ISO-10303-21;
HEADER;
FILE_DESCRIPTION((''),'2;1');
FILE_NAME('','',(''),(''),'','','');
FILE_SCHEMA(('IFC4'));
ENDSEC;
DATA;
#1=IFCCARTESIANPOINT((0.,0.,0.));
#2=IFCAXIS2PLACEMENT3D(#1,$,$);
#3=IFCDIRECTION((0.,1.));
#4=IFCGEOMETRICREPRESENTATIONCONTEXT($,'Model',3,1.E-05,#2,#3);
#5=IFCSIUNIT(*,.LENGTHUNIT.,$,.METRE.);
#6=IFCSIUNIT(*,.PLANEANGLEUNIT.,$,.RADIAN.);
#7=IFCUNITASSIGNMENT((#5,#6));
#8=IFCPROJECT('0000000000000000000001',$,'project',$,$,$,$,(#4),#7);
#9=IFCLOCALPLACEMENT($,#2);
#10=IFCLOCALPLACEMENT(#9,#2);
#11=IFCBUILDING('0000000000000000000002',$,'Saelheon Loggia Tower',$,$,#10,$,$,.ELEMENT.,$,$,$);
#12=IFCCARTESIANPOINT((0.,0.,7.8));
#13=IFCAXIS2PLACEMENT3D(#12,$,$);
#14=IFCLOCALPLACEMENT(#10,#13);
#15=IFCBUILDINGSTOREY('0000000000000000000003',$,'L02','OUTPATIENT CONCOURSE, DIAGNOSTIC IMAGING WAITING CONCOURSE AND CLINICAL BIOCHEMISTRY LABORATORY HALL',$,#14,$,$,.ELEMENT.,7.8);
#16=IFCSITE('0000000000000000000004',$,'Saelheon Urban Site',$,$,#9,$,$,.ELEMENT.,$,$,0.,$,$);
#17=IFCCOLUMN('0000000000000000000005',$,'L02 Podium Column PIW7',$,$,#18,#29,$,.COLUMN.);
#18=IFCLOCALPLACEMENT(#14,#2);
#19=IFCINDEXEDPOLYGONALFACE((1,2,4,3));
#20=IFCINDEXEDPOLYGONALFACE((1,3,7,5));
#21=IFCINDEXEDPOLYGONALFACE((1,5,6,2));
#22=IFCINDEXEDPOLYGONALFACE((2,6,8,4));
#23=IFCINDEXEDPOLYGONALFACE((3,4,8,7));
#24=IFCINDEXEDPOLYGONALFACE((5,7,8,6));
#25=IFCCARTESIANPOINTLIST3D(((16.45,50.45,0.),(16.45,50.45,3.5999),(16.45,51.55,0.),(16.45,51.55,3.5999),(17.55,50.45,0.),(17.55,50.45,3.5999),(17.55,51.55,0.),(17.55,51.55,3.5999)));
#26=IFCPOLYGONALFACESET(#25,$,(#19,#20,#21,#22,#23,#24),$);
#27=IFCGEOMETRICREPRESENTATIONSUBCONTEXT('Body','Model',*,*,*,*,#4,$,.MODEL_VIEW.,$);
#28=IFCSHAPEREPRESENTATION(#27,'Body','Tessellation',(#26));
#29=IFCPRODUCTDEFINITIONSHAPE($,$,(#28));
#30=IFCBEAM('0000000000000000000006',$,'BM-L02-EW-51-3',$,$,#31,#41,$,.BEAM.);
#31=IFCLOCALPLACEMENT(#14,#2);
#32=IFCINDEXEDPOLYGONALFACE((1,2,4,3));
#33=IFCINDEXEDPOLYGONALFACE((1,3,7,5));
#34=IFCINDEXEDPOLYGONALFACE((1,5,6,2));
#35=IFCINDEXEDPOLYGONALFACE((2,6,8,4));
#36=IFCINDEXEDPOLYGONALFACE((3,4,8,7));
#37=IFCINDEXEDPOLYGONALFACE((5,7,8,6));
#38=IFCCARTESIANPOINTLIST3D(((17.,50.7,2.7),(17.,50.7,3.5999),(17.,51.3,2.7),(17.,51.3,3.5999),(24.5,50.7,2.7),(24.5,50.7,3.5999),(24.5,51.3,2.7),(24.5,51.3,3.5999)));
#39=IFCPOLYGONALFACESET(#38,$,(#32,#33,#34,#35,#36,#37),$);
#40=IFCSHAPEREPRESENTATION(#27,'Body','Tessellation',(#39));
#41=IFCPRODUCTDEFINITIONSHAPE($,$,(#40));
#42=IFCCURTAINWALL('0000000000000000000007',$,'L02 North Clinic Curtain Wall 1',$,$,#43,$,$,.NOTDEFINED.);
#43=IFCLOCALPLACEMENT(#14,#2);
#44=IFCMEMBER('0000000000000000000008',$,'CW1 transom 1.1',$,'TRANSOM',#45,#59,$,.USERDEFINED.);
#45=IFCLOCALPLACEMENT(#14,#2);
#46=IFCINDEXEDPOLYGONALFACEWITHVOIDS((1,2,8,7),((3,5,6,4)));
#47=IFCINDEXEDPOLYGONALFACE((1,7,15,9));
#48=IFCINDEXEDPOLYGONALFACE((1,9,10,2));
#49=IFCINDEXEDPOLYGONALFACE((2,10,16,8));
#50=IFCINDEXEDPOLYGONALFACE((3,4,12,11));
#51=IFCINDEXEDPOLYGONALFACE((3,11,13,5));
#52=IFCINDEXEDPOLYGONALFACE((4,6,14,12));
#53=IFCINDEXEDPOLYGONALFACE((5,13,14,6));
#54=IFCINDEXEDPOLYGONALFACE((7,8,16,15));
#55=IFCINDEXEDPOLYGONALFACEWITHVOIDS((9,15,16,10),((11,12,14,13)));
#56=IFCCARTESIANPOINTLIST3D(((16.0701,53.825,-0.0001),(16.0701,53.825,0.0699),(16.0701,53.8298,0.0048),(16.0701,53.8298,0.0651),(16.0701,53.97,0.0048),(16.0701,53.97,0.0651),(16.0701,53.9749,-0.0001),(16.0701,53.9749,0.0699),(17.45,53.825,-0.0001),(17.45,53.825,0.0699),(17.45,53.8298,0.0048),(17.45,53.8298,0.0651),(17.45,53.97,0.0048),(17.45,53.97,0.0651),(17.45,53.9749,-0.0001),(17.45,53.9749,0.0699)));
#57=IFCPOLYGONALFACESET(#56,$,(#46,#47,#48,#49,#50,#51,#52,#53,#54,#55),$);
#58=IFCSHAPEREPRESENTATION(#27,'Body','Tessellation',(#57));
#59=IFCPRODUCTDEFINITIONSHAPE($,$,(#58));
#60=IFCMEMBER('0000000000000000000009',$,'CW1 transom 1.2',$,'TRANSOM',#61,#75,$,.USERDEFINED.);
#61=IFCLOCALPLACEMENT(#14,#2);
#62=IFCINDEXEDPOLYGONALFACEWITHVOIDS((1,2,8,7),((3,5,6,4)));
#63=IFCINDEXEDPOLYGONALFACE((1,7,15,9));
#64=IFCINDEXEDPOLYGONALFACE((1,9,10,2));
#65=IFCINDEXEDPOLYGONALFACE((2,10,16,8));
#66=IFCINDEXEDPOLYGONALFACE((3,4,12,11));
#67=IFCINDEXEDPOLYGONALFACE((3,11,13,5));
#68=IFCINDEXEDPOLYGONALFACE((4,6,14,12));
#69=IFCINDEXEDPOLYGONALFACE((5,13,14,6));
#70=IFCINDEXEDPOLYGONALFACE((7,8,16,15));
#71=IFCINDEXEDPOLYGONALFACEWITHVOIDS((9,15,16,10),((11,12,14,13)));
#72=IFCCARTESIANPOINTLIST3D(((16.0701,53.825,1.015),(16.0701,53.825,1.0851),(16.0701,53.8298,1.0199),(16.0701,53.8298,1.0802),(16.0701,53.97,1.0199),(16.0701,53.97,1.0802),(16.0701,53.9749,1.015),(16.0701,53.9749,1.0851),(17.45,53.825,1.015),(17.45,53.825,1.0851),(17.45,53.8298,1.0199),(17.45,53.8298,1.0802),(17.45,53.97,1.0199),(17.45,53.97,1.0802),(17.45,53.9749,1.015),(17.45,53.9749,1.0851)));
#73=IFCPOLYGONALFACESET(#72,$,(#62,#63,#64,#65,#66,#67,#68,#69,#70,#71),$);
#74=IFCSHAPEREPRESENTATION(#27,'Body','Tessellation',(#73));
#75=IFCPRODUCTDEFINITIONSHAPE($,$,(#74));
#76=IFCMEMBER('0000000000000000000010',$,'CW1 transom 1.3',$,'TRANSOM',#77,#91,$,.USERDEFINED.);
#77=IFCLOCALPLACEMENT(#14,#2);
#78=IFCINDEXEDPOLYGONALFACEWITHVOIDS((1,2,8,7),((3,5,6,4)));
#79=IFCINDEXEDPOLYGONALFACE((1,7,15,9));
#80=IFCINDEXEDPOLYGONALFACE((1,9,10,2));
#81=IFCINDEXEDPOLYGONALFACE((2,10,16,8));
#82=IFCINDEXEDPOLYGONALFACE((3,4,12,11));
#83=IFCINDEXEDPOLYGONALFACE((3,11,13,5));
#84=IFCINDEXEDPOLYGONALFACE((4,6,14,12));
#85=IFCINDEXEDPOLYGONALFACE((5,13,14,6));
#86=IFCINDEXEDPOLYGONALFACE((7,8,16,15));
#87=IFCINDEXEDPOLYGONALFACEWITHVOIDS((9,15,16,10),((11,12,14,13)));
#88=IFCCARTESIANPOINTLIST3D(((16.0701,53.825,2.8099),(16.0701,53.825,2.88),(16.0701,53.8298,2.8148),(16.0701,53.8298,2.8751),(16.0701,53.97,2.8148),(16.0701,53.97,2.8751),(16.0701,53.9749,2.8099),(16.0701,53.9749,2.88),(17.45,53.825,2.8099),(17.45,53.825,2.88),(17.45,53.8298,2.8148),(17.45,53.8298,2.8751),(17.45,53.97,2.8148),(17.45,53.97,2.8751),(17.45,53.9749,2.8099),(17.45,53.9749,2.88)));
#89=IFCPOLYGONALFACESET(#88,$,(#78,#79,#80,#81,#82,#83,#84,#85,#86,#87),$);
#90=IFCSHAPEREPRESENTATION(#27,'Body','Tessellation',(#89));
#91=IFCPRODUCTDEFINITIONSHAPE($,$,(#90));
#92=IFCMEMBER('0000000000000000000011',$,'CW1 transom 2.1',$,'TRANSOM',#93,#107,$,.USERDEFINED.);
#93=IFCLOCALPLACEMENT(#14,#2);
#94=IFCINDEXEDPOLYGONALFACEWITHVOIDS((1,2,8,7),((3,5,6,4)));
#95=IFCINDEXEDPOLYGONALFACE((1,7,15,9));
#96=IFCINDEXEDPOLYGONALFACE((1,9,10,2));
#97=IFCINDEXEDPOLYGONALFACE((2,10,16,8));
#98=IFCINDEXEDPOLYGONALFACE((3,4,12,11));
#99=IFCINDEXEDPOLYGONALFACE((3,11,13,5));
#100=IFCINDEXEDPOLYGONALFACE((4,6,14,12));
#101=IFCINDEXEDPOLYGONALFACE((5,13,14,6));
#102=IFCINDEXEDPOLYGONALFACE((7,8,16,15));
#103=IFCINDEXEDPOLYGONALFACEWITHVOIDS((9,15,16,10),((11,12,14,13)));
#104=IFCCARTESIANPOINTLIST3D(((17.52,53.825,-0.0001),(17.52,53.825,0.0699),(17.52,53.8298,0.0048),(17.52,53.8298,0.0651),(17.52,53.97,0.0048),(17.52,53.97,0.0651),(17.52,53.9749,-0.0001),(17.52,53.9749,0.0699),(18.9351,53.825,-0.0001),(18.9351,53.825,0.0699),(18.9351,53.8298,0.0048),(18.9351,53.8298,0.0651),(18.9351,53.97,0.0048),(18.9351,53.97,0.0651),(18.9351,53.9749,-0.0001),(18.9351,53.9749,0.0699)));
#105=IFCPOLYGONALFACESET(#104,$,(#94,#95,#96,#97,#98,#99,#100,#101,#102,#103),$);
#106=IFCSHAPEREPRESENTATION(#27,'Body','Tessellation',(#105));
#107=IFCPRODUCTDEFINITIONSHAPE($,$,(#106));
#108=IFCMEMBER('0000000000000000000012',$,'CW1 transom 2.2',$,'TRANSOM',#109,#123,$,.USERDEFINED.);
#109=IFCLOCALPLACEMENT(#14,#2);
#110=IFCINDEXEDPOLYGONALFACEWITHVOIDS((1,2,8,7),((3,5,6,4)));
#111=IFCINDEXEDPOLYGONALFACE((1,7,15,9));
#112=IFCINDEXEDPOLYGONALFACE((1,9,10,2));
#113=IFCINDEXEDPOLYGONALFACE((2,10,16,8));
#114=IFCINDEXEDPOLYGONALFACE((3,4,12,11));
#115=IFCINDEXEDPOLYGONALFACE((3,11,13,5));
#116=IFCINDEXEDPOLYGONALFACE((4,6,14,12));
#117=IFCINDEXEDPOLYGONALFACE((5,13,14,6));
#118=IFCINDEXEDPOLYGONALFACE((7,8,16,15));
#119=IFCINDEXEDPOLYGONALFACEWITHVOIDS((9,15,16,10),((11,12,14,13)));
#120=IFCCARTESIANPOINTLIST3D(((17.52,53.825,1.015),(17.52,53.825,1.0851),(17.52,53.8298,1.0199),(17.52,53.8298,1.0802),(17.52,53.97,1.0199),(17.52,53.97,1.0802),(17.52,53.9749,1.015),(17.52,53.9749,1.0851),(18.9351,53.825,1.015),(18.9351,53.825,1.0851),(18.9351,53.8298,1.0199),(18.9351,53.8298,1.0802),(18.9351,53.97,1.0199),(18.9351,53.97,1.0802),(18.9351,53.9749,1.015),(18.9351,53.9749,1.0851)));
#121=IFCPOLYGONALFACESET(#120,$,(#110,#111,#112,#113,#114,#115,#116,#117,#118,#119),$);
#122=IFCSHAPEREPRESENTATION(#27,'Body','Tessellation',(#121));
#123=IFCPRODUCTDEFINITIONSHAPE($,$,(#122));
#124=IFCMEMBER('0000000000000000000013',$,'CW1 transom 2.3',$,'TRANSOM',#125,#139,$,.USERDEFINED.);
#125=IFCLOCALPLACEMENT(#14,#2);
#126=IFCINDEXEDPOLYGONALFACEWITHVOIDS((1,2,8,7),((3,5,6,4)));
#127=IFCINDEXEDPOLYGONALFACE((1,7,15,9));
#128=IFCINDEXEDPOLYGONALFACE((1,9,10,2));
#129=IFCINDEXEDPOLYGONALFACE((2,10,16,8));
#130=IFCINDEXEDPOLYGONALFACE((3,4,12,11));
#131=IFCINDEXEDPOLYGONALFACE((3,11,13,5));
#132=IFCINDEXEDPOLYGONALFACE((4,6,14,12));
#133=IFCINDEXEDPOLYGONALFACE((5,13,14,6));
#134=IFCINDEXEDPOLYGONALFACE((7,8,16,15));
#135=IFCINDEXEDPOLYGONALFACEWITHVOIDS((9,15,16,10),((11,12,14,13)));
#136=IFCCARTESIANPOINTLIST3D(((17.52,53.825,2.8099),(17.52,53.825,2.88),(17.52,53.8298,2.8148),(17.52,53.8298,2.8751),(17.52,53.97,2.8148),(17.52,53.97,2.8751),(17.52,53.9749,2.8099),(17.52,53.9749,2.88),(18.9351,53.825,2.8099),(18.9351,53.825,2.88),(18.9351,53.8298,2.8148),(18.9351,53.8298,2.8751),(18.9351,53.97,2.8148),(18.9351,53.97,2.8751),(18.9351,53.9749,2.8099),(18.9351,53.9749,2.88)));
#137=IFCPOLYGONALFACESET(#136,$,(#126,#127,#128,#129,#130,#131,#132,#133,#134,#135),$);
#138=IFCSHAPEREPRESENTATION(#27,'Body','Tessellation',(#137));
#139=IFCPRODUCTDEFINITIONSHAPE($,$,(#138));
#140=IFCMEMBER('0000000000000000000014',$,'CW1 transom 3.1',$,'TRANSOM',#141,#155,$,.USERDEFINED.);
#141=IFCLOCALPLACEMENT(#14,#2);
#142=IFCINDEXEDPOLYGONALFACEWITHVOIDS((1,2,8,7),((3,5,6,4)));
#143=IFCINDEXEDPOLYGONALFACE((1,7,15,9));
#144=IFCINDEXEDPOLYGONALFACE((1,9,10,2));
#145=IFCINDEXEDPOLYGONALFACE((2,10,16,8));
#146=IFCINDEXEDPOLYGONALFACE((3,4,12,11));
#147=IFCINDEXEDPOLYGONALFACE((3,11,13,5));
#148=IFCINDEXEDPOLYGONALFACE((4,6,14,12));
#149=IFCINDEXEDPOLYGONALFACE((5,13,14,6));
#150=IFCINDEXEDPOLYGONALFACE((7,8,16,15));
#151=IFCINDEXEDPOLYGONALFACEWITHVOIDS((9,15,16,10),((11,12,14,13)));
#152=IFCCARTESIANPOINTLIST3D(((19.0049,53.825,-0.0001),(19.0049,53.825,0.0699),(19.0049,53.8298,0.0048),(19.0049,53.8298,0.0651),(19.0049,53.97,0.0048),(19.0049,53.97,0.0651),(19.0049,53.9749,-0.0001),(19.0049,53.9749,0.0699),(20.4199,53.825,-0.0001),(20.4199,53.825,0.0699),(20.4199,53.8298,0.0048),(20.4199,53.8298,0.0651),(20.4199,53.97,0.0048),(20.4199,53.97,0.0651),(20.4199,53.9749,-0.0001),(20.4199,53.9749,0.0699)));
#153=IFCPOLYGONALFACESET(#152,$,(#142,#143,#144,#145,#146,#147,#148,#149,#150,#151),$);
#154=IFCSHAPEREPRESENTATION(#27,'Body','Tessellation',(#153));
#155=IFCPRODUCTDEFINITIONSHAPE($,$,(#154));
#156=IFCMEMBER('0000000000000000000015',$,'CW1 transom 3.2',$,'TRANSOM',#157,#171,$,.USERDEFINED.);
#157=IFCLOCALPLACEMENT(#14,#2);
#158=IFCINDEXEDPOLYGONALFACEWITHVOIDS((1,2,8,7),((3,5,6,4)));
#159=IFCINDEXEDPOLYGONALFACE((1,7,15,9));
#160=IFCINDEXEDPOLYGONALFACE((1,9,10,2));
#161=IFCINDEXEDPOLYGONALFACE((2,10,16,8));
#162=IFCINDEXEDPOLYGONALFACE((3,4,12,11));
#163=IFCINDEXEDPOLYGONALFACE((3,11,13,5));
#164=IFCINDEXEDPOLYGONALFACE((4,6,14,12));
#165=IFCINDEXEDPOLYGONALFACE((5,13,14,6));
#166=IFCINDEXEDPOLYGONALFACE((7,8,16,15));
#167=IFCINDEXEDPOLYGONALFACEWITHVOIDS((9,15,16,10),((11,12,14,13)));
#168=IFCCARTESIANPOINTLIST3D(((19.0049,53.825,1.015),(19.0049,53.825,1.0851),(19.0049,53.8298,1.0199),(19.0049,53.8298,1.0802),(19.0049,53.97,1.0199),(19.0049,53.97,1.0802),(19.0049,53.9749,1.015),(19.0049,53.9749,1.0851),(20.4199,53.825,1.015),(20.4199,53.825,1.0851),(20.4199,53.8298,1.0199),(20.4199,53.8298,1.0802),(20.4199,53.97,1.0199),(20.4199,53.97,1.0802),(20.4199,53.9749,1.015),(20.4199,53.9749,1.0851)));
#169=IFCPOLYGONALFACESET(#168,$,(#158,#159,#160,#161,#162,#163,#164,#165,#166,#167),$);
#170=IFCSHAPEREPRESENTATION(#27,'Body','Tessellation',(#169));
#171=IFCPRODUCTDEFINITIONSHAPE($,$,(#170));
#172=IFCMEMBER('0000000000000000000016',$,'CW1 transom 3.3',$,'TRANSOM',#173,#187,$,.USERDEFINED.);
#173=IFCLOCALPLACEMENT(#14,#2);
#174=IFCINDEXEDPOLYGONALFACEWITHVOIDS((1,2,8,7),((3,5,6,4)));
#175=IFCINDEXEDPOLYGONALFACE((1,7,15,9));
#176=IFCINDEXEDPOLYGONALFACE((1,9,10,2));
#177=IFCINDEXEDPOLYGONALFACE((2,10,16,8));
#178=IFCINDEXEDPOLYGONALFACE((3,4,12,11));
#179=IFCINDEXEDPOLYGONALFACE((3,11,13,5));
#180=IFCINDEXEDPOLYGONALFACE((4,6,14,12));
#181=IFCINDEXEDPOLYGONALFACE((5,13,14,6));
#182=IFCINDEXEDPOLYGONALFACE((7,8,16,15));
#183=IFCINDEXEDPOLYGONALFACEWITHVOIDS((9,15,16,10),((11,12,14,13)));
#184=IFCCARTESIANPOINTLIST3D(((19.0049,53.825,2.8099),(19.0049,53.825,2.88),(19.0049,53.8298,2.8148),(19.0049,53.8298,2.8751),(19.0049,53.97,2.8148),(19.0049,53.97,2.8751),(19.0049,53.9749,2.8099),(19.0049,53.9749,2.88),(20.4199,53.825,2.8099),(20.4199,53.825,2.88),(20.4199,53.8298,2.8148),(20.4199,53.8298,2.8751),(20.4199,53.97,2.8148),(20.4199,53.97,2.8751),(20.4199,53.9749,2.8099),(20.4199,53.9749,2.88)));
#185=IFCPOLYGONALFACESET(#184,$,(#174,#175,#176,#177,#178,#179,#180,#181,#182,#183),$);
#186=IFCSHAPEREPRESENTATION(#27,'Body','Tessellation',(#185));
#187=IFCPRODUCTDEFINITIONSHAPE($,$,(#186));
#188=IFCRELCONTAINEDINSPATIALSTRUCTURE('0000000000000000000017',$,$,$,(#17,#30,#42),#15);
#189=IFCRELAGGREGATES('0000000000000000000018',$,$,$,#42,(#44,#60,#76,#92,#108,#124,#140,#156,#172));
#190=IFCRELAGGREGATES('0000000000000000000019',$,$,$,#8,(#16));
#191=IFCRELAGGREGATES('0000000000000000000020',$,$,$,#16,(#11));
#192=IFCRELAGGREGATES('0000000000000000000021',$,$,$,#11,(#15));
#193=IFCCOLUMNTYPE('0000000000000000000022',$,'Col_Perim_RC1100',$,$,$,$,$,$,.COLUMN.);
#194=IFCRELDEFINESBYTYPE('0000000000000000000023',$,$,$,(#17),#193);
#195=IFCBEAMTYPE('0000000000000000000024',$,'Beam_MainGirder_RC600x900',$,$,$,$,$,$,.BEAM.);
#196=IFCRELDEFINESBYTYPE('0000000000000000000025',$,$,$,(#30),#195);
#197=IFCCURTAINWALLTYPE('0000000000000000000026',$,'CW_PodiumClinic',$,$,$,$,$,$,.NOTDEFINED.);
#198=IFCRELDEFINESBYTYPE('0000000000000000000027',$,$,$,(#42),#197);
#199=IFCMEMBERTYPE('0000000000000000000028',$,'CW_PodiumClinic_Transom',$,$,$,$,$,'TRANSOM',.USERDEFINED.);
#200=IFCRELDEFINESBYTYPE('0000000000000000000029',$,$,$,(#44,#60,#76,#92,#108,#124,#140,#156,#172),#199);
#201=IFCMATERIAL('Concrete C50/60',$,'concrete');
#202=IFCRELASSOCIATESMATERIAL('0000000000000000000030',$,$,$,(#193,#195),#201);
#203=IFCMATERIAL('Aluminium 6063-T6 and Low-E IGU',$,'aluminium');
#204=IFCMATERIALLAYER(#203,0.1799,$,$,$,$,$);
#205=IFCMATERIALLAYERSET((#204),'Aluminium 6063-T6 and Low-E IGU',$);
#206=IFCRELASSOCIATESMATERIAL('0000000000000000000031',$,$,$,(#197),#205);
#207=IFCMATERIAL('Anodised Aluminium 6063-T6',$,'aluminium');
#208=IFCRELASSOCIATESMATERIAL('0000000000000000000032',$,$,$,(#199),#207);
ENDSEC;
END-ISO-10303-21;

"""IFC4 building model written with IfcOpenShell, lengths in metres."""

from ifc_helpers import new_model, si_unit, direction, frame, origin, origin_2d, place, context, subcontext, project, spatial, rectangle, hollow_rectangle, extrude, source, transform, mapped, material, layer, layer_set, material_profile, profile_set, type_object, element, aggregate, save


model = new_model("IFC4")

# Units and contexts
model_context = context("Model", 3, precision=1e-05, world=origin(), true_north=direction((0.0, 1.0)))
body_context = subcontext(model_context, "Body", "Model", "MODEL_VIEW")
ifc_project = project(units=[si_unit("LENGTHUNIT", "METRE"), si_unit("PLANEANGLEUNIT", "RADIAN")], contexts=[model_context])

# Site, building, storey
site_placement = place(None, origin())
site = spatial("IfcSite", under=ifc_project, at=site_placement, Name="Saelheon Urban Site", CompositionType="ELEMENT", RefElevation=0.0)
building_placement = place(site_placement, origin())
building = spatial("IfcBuilding", under=site, at=building_placement, Name="Saelheon Loggia Tower", CompositionType="ELEMENT")
storey_placement = place(building_placement, frame((0.0, 0.0, 7.8)))
storey = spatial("IfcBuildingStorey", under=building, at=storey_placement, Name="L02", Description="OUTPATIENT CONCOURSE, DIAGNOSTIC IMAGING WAITING CONCOURSE AND CLINICAL BIOCHEMISTRY LABORATORY HALL", CompositionType="ELEMENT", Elevation=7.8)

# Column
ifc_material_1 = material(Name="Concrete C50/60", Category="concrete")
ifc_material_profile_1 = material_profile(ifc_material_1, rectangle(XDim=1.1001, YDim=1.1001, at=origin_2d()), Name="RC-1100x1100")
ifc_profile_set_1 = profile_set([ifc_material_profile_1], Name="Concrete C50/60")
column_type = type_object("IfcColumnType", Name="Col_Perim_RC1100", PredefinedType="COLUMN", material=ifc_profile_set_1)
shared_shape_1 = source(origin(), body_context, "Body", "SweptSolid", [
    extrude(rectangle(XDim=1.1001, YDim=1.1001, at=origin_2d()), origin(), (0.0, 0.0, 1.0), 3.5999),
])
column_placement = place(storey_placement, frame((17.0, 51.0, 0.0), z_axis=(0.0, 0.0, 1.0), x_axis=(1.0, 0.0, 0.0)))
element("IfcColumn", 1, at=column_placement, inside=storey, type_object=column_type, Name="L02 Podium Column PIW7", PredefinedType="COLUMN", context=body_context, shape_type="MappedRepresentation", body=[
    mapped(shared_shape_1, transform((0.0, 0.0, 0.0), scale=1.0)),
])

# Beam
ifc_material_profile_2 = material_profile(ifc_material_1, rectangle(XDim=0.6001, YDim=0.8999, at=origin_2d()), Name="RC-600x900")
ifc_profile_set_2 = profile_set([ifc_material_profile_2], Name="Concrete C50/60")
beam_type = type_object("IfcBeamType", Name="Beam_MainGirder_RC600x900", PredefinedType="BEAM", material=ifc_profile_set_2)
shared_shape_2 = source(origin(), body_context, "Body", "SweptSolid", [
    extrude(rectangle(XDim=0.6001, YDim=0.8999, at=origin_2d()), origin(), (0.0, 0.0, 1.0), 7.5),
])
beam_placement = place(storey_placement, frame((17.0, 51.0, 3.1499), z_axis=(1.0, 0.0, 0.0), x_axis=(0.0, 1.0, 0.0)))
element("IfcBeam", 2, at=beam_placement, inside=storey, type_object=beam_type, Name="BM-L02-EW-51-3", PredefinedType="BEAM", context=body_context, shape_type="MappedRepresentation", body=[
    mapped(shared_shape_2, transform((0.0, 0.0, 0.0), scale=1.0)),
])

# Curtain wall, members
ifc_material_2 = material(Name="Aluminium 6063-T6 and Low-E IGU", Category="aluminium")
ifc_layer_1 = layer(ifc_material_2, 0.1799)
ifc_layer_set_1 = layer_set([ifc_layer_1], Name="Aluminium 6063-T6 and Low-E IGU")
curtain_wall_type = type_object("IfcCurtainWallType", Name="CW_PodiumClinic", PredefinedType="NOTDEFINED", material=ifc_layer_set_1)
curtain_wall_placement = place(storey_placement, origin())
curtain_wall = element("IfcCurtainWall", 3, at=curtain_wall_placement, inside=storey, type_object=curtain_wall_type, Name="L02 North Clinic Curtain Wall 1", PredefinedType="NOTDEFINED")
ifc_material_3 = material(Name="Anodised Aluminium 6063-T6", Category="aluminium")
ifc_material_profile_3 = material_profile(ifc_material_3, hollow_rectangle(XDim=0.0701, YDim=0.1499, WallThickness=0.0049, at=origin_2d()), Name="RHS-150x70x5")
ifc_profile_set_3 = profile_set([ifc_material_profile_3], Name="Anodised Aluminium 6063-T6")
member_type_1 = type_object("IfcMemberType", Name="CW_PodiumClinic_Transom", ElementType="TRANSOM", PredefinedType="USERDEFINED", material=ifc_profile_set_3)
shared_shape_3 = source(origin(), body_context, "Body", "SweptSolid", [
    extrude(hollow_rectangle(XDim=0.0701, YDim=0.1499, WallThickness=0.0049, at=origin_2d()), origin(), (0.0, 0.0, 1.0), 1.3799),
])
member_1_placement = place(storey_placement, frame((16.0701, 53.8999, 0.0349), z_axis=(1.0, 0.0, 0.0), x_axis=(0.0, 0.0, 1.0)))
member_1 = element("IfcMember", 4, at=member_1_placement, type_object=member_type_1, Name="CW1 transom 1.1", ObjectType="TRANSOM", PredefinedType="USERDEFINED", context=body_context, shape_type="MappedRepresentation", body=[
    mapped(shared_shape_3, transform((0.0, 0.0, 0.0), scale=1.0)),
])
member_2_placement = place(storey_placement, frame((16.0701, 53.8999, 1.05), z_axis=(1.0, 0.0, 0.0), x_axis=(0.0, 0.0, 1.0)))
member_2 = element("IfcMember", 5, at=member_2_placement, type_object=member_type_1, Name="CW1 transom 1.2", ObjectType="TRANSOM", PredefinedType="USERDEFINED", context=body_context, shape_type="MappedRepresentation", body=[
    mapped(shared_shape_3, transform((0.0, 0.0, 0.0), scale=1.0)),
])
member_3_placement = place(storey_placement, frame((16.0701, 53.8999, 2.845), z_axis=(1.0, 0.0, 0.0), x_axis=(0.0, 0.0, 1.0)))
member_3 = element("IfcMember", 6, at=member_3_placement, type_object=member_type_1, Name="CW1 transom 1.3", ObjectType="TRANSOM", PredefinedType="USERDEFINED", context=body_context, shape_type="MappedRepresentation", body=[
    mapped(shared_shape_3, transform((0.0, 0.0, 0.0), scale=1.0)),
])
shared_shape_4 = source(origin(), body_context, "Body", "SweptSolid", [
    extrude(hollow_rectangle(XDim=0.0701, YDim=0.1499, WallThickness=0.0049, at=origin_2d()), origin(), (0.0, 0.0, 1.0), 1.415),
])
member_4_placement = place(storey_placement, frame((17.52, 53.8999, 0.0349), z_axis=(1.0, 0.0, 0.0), x_axis=(0.0, 0.0, 1.0)))
member_4 = element("IfcMember", 7, at=member_4_placement, type_object=member_type_1, Name="CW1 transom 2.1", ObjectType="TRANSOM", PredefinedType="USERDEFINED", context=body_context, shape_type="MappedRepresentation", body=[
    mapped(shared_shape_4, transform((0.0, 0.0, 0.0), scale=1.0)),
])
member_5_placement = place(storey_placement, frame((17.52, 53.8999, 1.05), z_axis=(1.0, 0.0, 0.0), x_axis=(0.0, 0.0, 1.0)))
member_5 = element("IfcMember", 8, at=member_5_placement, type_object=member_type_1, Name="CW1 transom 2.2", ObjectType="TRANSOM", PredefinedType="USERDEFINED", context=body_context, shape_type="MappedRepresentation", body=[
    mapped(shared_shape_4, transform((0.0, 0.0, 0.0), scale=1.0)),
])
member_6_placement = place(storey_placement, frame((17.52, 53.8999, 2.845), z_axis=(1.0, 0.0, 0.0), x_axis=(0.0, 0.0, 1.0)))
member_6 = element("IfcMember", 9, at=member_6_placement, type_object=member_type_1, Name="CW1 transom 2.3", ObjectType="TRANSOM", PredefinedType="USERDEFINED", context=body_context, shape_type="MappedRepresentation", body=[
    mapped(shared_shape_4, transform((0.0, 0.0, 0.0), scale=1.0)),
])
member_7_placement = place(storey_placement, frame((19.0049, 53.8999, 0.0349), z_axis=(1.0, 0.0, 0.0), x_axis=(0.0, 0.0, 1.0)))
member_7 = element("IfcMember", 10, at=member_7_placement, type_object=member_type_1, Name="CW1 transom 3.1", ObjectType="TRANSOM", PredefinedType="USERDEFINED", context=body_context, shape_type="MappedRepresentation", body=[
    mapped(shared_shape_4, transform((0.0, 0.0, 0.0), scale=1.0)),
])
member_8_placement = place(storey_placement, frame((19.0049, 53.8999, 1.05), z_axis=(1.0, 0.0, 0.0), x_axis=(0.0, 0.0, 1.0)))
member_8 = element("IfcMember", 11, at=member_8_placement, type_object=member_type_1, Name="CW1 transom 3.2", ObjectType="TRANSOM", PredefinedType="USERDEFINED", context=body_context, shape_type="MappedRepresentation", body=[
    mapped(shared_shape_4, transform((0.0, 0.0, 0.0), scale=1.0)),
])
member_9_placement = place(storey_placement, frame((19.0049, 53.8999, 2.845), z_axis=(1.0, 0.0, 0.0), x_axis=(0.0, 0.0, 1.0)))
member_9 = element("IfcMember", 12, at=member_9_placement, type_object=member_type_1, Name="CW1 transom 3.3", ObjectType="TRANSOM", PredefinedType="USERDEFINED", context=body_context, shape_type="MappedRepresentation", body=[
    mapped(shared_shape_4, transform((0.0, 0.0, 0.0), scale=1.0)),
])
aggregate(curtain_wall, [member_1, member_2, member_3, member_4, member_5, member_6, member_7, member_8, member_9])

save(model, "model.ifc")
